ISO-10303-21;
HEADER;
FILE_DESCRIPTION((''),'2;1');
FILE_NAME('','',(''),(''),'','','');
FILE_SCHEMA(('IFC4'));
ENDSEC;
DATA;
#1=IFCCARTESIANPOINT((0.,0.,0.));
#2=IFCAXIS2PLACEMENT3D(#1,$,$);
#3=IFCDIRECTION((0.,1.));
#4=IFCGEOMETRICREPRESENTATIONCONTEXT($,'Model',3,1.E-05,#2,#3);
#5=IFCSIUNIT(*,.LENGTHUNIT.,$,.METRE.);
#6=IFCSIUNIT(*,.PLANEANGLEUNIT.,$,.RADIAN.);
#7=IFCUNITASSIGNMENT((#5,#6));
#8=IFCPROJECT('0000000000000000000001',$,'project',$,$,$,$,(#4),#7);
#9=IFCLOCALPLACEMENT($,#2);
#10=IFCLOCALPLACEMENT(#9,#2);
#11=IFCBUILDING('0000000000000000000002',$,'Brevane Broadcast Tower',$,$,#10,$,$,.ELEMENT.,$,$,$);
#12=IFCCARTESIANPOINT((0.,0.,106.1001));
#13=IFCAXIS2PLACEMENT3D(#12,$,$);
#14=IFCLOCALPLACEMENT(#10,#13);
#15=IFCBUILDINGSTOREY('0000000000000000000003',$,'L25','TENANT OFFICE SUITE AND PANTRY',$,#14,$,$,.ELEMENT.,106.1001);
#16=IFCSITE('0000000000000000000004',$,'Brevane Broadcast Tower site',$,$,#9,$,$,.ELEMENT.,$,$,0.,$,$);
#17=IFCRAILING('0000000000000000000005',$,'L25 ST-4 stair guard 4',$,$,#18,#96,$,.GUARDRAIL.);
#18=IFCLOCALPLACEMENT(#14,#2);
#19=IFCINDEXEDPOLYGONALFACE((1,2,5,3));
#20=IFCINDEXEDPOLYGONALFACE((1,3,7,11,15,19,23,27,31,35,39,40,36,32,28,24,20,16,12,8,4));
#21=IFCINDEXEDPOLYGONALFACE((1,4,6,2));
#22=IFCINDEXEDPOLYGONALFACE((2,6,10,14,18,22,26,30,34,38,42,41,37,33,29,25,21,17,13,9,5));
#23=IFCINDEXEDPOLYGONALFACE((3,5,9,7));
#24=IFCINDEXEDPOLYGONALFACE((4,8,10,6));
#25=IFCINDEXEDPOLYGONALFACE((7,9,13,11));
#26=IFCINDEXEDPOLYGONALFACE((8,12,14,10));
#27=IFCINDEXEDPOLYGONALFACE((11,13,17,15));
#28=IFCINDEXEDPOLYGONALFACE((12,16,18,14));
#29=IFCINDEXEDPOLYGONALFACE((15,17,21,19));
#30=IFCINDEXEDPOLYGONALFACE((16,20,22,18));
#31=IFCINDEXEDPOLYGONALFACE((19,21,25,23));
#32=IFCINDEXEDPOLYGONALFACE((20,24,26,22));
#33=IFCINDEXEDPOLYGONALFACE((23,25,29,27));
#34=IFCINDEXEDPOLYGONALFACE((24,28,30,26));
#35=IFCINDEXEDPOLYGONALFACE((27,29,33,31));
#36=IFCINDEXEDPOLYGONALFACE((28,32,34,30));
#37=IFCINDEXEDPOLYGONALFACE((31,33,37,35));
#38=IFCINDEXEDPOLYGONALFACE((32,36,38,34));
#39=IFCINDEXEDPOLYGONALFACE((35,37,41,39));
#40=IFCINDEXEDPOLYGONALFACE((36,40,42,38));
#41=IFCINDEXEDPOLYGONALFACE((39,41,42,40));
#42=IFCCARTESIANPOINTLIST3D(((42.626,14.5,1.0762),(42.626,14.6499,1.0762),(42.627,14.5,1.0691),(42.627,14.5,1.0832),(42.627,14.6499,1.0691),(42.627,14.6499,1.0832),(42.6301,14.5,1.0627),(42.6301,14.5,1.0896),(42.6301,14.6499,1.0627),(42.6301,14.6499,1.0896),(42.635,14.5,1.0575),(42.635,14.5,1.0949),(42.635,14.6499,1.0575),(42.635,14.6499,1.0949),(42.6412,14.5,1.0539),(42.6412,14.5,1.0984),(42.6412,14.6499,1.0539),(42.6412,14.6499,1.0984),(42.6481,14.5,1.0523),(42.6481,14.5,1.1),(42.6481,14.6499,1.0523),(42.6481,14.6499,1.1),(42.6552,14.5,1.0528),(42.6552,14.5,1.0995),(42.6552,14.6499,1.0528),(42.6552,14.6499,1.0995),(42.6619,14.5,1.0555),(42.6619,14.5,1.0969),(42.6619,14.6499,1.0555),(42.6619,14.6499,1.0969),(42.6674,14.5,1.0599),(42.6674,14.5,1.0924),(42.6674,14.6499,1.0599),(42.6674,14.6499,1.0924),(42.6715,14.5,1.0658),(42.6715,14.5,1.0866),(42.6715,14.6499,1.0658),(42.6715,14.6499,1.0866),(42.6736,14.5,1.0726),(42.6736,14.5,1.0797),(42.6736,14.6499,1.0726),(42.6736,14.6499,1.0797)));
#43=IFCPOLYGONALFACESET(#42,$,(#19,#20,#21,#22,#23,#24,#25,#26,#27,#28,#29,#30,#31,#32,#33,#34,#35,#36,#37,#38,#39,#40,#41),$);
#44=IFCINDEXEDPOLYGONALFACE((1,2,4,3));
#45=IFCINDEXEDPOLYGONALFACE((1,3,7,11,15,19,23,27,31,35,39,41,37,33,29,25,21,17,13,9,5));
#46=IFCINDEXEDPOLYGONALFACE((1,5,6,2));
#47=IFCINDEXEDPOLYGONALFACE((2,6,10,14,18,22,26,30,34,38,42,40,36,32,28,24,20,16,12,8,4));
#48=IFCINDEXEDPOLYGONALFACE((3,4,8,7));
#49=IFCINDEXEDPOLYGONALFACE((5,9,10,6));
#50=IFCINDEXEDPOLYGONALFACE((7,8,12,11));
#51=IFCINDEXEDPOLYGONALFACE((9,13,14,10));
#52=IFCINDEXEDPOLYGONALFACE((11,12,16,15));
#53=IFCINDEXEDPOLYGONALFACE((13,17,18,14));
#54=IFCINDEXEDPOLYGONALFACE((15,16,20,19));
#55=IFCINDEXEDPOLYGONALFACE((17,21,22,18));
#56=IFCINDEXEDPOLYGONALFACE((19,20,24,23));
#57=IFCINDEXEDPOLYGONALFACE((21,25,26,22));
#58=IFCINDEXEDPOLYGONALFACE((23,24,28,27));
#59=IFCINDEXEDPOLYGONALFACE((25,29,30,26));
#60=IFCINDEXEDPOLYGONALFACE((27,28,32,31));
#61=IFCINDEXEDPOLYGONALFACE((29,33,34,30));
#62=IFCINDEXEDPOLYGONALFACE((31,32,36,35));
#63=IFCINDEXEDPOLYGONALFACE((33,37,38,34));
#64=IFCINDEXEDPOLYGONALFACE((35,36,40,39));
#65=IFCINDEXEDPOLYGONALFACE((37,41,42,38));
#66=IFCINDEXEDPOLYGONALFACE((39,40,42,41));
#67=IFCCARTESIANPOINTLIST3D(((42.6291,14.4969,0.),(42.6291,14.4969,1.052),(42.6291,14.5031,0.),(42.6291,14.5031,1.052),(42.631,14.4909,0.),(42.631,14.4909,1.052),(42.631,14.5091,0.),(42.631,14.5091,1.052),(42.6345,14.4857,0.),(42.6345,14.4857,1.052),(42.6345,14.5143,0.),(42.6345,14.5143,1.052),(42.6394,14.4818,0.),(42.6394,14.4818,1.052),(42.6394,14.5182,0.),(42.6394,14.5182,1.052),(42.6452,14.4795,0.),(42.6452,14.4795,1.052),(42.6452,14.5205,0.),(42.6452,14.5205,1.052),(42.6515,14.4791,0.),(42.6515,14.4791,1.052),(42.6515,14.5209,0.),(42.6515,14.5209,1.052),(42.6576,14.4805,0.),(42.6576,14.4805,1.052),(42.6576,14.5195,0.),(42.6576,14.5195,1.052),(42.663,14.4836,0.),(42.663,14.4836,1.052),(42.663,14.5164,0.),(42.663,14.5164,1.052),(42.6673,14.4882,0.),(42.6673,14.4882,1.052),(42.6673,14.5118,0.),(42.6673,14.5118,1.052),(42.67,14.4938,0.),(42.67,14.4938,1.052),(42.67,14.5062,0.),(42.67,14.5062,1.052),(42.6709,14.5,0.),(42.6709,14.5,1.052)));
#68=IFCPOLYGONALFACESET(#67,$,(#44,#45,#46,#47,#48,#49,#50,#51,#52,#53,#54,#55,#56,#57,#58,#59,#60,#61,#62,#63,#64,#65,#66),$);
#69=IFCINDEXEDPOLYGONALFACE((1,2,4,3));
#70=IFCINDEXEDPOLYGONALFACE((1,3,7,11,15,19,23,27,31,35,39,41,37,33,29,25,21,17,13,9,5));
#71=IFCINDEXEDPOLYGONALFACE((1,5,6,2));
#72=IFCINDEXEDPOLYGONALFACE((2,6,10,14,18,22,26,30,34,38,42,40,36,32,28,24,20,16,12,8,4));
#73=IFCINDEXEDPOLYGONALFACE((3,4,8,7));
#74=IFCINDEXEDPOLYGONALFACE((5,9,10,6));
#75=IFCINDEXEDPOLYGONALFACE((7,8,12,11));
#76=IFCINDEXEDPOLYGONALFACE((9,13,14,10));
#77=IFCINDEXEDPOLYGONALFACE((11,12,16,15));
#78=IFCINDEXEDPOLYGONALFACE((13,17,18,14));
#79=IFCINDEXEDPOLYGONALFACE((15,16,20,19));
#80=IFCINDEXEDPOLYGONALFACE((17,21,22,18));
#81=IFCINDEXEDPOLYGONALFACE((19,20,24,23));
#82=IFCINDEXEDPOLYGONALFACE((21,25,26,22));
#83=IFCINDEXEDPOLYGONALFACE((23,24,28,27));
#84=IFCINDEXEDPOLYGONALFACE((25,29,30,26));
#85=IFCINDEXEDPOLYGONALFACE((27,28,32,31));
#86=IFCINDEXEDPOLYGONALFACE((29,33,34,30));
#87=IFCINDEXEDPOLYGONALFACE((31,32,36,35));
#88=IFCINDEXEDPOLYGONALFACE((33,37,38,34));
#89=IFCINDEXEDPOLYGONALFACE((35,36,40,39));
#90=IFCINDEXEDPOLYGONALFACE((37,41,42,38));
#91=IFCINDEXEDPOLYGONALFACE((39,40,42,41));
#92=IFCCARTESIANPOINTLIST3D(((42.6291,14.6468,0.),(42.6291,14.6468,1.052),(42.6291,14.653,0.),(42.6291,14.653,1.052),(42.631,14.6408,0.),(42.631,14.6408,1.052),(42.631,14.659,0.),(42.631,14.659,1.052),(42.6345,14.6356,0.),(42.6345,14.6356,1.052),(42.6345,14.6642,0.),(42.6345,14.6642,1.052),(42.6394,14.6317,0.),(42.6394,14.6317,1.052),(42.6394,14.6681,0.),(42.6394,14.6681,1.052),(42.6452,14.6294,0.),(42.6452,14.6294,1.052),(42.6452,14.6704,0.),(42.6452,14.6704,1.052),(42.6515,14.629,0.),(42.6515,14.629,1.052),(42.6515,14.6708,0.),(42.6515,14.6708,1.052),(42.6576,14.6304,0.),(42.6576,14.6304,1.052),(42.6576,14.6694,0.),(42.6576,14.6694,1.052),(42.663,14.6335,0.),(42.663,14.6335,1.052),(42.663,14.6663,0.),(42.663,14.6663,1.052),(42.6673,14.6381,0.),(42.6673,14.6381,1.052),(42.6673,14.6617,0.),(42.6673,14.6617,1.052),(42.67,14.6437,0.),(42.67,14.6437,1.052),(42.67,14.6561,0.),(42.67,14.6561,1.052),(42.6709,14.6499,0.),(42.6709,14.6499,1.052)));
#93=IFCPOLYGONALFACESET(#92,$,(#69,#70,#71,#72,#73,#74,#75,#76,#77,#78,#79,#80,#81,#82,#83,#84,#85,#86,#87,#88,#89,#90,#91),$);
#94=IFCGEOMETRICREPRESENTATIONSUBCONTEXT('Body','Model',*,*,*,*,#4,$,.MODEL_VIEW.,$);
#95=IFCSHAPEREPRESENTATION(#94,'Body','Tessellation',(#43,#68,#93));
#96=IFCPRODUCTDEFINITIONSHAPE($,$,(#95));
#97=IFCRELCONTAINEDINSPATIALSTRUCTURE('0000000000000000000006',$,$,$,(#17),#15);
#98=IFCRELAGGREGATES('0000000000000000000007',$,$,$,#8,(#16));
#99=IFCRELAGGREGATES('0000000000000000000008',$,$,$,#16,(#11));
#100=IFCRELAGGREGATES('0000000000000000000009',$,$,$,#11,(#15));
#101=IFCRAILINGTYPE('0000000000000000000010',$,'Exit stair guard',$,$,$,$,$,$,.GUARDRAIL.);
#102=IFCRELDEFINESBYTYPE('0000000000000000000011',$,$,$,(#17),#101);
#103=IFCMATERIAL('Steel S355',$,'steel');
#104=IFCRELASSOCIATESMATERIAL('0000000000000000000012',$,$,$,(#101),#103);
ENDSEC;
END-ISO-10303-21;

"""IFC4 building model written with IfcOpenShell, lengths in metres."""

from ifc_helpers import new_model, si_unit, direction, frame, origin, origin_2d, place, context, subcontext, project, spatial, circle, extrude, material, type_object, element, save


model = new_model("IFC4")

# Units and contexts
model_context = context("Model", 3, precision=1e-05, world=origin(), true_north=direction((0.0, 1.0)))
body_context = subcontext(model_context, "Body", "Model", "MODEL_VIEW")
ifc_project = project(units=[si_unit("LENGTHUNIT", "METRE"), si_unit("PLANEANGLEUNIT", "RADIAN")], contexts=[model_context])

# Site, building, storey
site_placement = place(None, origin())
site = spatial("IfcSite", under=ifc_project, at=site_placement, Name="Brevane Broadcast Tower site", CompositionType="ELEMENT", RefElevation=0.0)
building_placement = place(site_placement, origin())
building = spatial("IfcBuilding", under=site, at=building_placement, Name="Brevane Broadcast Tower", CompositionType="ELEMENT")
storey_placement = place(building_placement, frame((0.0, 0.0, 106.1001)))
storey = spatial("IfcBuildingStorey", under=building, at=storey_placement, Name="L25", Description="TENANT OFFICE SUITE AND PANTRY", CompositionType="ELEMENT", Elevation=106.1001)

# Railing
ifc_material_1 = material(Name="Steel S355", Category="steel")
railing_type_1 = type_object("IfcRailingType", Name="Exit stair guard", PredefinedType="GUARDRAIL", material=ifc_material_1)
railing_1_placement = place(storey_placement, frame((42.6499, 14.5, 0.0)))
element("IfcRailing", 1, at=railing_1_placement, inside=storey, type_object=railing_type_1, Name="L25 ST-4 stair guard 4", PredefinedType="GUARDRAIL", context=body_context, shape_type="SweptSolid", body=[
    extrude(circle(Radius=0.0239, at=origin_2d()), frame((0.0, 0.0, 1.0762), z_axis=(0.0, 1.0, 0.0), x_axis=(-1.0, 0.0, 0.0)), (0.0, 0.0, 1.0), 0.1499),
    extrude(circle(Radius=0.021, at=origin_2d()), origin(), (0.0, 0.0, 1.0), 1.052),
    extrude(circle(Radius=0.021, at=origin_2d()), frame((0.0, 0.1499, 0.0)), (0.0, 0.0, 1.0), 1.052),
])

save(model, "model.ifc")
